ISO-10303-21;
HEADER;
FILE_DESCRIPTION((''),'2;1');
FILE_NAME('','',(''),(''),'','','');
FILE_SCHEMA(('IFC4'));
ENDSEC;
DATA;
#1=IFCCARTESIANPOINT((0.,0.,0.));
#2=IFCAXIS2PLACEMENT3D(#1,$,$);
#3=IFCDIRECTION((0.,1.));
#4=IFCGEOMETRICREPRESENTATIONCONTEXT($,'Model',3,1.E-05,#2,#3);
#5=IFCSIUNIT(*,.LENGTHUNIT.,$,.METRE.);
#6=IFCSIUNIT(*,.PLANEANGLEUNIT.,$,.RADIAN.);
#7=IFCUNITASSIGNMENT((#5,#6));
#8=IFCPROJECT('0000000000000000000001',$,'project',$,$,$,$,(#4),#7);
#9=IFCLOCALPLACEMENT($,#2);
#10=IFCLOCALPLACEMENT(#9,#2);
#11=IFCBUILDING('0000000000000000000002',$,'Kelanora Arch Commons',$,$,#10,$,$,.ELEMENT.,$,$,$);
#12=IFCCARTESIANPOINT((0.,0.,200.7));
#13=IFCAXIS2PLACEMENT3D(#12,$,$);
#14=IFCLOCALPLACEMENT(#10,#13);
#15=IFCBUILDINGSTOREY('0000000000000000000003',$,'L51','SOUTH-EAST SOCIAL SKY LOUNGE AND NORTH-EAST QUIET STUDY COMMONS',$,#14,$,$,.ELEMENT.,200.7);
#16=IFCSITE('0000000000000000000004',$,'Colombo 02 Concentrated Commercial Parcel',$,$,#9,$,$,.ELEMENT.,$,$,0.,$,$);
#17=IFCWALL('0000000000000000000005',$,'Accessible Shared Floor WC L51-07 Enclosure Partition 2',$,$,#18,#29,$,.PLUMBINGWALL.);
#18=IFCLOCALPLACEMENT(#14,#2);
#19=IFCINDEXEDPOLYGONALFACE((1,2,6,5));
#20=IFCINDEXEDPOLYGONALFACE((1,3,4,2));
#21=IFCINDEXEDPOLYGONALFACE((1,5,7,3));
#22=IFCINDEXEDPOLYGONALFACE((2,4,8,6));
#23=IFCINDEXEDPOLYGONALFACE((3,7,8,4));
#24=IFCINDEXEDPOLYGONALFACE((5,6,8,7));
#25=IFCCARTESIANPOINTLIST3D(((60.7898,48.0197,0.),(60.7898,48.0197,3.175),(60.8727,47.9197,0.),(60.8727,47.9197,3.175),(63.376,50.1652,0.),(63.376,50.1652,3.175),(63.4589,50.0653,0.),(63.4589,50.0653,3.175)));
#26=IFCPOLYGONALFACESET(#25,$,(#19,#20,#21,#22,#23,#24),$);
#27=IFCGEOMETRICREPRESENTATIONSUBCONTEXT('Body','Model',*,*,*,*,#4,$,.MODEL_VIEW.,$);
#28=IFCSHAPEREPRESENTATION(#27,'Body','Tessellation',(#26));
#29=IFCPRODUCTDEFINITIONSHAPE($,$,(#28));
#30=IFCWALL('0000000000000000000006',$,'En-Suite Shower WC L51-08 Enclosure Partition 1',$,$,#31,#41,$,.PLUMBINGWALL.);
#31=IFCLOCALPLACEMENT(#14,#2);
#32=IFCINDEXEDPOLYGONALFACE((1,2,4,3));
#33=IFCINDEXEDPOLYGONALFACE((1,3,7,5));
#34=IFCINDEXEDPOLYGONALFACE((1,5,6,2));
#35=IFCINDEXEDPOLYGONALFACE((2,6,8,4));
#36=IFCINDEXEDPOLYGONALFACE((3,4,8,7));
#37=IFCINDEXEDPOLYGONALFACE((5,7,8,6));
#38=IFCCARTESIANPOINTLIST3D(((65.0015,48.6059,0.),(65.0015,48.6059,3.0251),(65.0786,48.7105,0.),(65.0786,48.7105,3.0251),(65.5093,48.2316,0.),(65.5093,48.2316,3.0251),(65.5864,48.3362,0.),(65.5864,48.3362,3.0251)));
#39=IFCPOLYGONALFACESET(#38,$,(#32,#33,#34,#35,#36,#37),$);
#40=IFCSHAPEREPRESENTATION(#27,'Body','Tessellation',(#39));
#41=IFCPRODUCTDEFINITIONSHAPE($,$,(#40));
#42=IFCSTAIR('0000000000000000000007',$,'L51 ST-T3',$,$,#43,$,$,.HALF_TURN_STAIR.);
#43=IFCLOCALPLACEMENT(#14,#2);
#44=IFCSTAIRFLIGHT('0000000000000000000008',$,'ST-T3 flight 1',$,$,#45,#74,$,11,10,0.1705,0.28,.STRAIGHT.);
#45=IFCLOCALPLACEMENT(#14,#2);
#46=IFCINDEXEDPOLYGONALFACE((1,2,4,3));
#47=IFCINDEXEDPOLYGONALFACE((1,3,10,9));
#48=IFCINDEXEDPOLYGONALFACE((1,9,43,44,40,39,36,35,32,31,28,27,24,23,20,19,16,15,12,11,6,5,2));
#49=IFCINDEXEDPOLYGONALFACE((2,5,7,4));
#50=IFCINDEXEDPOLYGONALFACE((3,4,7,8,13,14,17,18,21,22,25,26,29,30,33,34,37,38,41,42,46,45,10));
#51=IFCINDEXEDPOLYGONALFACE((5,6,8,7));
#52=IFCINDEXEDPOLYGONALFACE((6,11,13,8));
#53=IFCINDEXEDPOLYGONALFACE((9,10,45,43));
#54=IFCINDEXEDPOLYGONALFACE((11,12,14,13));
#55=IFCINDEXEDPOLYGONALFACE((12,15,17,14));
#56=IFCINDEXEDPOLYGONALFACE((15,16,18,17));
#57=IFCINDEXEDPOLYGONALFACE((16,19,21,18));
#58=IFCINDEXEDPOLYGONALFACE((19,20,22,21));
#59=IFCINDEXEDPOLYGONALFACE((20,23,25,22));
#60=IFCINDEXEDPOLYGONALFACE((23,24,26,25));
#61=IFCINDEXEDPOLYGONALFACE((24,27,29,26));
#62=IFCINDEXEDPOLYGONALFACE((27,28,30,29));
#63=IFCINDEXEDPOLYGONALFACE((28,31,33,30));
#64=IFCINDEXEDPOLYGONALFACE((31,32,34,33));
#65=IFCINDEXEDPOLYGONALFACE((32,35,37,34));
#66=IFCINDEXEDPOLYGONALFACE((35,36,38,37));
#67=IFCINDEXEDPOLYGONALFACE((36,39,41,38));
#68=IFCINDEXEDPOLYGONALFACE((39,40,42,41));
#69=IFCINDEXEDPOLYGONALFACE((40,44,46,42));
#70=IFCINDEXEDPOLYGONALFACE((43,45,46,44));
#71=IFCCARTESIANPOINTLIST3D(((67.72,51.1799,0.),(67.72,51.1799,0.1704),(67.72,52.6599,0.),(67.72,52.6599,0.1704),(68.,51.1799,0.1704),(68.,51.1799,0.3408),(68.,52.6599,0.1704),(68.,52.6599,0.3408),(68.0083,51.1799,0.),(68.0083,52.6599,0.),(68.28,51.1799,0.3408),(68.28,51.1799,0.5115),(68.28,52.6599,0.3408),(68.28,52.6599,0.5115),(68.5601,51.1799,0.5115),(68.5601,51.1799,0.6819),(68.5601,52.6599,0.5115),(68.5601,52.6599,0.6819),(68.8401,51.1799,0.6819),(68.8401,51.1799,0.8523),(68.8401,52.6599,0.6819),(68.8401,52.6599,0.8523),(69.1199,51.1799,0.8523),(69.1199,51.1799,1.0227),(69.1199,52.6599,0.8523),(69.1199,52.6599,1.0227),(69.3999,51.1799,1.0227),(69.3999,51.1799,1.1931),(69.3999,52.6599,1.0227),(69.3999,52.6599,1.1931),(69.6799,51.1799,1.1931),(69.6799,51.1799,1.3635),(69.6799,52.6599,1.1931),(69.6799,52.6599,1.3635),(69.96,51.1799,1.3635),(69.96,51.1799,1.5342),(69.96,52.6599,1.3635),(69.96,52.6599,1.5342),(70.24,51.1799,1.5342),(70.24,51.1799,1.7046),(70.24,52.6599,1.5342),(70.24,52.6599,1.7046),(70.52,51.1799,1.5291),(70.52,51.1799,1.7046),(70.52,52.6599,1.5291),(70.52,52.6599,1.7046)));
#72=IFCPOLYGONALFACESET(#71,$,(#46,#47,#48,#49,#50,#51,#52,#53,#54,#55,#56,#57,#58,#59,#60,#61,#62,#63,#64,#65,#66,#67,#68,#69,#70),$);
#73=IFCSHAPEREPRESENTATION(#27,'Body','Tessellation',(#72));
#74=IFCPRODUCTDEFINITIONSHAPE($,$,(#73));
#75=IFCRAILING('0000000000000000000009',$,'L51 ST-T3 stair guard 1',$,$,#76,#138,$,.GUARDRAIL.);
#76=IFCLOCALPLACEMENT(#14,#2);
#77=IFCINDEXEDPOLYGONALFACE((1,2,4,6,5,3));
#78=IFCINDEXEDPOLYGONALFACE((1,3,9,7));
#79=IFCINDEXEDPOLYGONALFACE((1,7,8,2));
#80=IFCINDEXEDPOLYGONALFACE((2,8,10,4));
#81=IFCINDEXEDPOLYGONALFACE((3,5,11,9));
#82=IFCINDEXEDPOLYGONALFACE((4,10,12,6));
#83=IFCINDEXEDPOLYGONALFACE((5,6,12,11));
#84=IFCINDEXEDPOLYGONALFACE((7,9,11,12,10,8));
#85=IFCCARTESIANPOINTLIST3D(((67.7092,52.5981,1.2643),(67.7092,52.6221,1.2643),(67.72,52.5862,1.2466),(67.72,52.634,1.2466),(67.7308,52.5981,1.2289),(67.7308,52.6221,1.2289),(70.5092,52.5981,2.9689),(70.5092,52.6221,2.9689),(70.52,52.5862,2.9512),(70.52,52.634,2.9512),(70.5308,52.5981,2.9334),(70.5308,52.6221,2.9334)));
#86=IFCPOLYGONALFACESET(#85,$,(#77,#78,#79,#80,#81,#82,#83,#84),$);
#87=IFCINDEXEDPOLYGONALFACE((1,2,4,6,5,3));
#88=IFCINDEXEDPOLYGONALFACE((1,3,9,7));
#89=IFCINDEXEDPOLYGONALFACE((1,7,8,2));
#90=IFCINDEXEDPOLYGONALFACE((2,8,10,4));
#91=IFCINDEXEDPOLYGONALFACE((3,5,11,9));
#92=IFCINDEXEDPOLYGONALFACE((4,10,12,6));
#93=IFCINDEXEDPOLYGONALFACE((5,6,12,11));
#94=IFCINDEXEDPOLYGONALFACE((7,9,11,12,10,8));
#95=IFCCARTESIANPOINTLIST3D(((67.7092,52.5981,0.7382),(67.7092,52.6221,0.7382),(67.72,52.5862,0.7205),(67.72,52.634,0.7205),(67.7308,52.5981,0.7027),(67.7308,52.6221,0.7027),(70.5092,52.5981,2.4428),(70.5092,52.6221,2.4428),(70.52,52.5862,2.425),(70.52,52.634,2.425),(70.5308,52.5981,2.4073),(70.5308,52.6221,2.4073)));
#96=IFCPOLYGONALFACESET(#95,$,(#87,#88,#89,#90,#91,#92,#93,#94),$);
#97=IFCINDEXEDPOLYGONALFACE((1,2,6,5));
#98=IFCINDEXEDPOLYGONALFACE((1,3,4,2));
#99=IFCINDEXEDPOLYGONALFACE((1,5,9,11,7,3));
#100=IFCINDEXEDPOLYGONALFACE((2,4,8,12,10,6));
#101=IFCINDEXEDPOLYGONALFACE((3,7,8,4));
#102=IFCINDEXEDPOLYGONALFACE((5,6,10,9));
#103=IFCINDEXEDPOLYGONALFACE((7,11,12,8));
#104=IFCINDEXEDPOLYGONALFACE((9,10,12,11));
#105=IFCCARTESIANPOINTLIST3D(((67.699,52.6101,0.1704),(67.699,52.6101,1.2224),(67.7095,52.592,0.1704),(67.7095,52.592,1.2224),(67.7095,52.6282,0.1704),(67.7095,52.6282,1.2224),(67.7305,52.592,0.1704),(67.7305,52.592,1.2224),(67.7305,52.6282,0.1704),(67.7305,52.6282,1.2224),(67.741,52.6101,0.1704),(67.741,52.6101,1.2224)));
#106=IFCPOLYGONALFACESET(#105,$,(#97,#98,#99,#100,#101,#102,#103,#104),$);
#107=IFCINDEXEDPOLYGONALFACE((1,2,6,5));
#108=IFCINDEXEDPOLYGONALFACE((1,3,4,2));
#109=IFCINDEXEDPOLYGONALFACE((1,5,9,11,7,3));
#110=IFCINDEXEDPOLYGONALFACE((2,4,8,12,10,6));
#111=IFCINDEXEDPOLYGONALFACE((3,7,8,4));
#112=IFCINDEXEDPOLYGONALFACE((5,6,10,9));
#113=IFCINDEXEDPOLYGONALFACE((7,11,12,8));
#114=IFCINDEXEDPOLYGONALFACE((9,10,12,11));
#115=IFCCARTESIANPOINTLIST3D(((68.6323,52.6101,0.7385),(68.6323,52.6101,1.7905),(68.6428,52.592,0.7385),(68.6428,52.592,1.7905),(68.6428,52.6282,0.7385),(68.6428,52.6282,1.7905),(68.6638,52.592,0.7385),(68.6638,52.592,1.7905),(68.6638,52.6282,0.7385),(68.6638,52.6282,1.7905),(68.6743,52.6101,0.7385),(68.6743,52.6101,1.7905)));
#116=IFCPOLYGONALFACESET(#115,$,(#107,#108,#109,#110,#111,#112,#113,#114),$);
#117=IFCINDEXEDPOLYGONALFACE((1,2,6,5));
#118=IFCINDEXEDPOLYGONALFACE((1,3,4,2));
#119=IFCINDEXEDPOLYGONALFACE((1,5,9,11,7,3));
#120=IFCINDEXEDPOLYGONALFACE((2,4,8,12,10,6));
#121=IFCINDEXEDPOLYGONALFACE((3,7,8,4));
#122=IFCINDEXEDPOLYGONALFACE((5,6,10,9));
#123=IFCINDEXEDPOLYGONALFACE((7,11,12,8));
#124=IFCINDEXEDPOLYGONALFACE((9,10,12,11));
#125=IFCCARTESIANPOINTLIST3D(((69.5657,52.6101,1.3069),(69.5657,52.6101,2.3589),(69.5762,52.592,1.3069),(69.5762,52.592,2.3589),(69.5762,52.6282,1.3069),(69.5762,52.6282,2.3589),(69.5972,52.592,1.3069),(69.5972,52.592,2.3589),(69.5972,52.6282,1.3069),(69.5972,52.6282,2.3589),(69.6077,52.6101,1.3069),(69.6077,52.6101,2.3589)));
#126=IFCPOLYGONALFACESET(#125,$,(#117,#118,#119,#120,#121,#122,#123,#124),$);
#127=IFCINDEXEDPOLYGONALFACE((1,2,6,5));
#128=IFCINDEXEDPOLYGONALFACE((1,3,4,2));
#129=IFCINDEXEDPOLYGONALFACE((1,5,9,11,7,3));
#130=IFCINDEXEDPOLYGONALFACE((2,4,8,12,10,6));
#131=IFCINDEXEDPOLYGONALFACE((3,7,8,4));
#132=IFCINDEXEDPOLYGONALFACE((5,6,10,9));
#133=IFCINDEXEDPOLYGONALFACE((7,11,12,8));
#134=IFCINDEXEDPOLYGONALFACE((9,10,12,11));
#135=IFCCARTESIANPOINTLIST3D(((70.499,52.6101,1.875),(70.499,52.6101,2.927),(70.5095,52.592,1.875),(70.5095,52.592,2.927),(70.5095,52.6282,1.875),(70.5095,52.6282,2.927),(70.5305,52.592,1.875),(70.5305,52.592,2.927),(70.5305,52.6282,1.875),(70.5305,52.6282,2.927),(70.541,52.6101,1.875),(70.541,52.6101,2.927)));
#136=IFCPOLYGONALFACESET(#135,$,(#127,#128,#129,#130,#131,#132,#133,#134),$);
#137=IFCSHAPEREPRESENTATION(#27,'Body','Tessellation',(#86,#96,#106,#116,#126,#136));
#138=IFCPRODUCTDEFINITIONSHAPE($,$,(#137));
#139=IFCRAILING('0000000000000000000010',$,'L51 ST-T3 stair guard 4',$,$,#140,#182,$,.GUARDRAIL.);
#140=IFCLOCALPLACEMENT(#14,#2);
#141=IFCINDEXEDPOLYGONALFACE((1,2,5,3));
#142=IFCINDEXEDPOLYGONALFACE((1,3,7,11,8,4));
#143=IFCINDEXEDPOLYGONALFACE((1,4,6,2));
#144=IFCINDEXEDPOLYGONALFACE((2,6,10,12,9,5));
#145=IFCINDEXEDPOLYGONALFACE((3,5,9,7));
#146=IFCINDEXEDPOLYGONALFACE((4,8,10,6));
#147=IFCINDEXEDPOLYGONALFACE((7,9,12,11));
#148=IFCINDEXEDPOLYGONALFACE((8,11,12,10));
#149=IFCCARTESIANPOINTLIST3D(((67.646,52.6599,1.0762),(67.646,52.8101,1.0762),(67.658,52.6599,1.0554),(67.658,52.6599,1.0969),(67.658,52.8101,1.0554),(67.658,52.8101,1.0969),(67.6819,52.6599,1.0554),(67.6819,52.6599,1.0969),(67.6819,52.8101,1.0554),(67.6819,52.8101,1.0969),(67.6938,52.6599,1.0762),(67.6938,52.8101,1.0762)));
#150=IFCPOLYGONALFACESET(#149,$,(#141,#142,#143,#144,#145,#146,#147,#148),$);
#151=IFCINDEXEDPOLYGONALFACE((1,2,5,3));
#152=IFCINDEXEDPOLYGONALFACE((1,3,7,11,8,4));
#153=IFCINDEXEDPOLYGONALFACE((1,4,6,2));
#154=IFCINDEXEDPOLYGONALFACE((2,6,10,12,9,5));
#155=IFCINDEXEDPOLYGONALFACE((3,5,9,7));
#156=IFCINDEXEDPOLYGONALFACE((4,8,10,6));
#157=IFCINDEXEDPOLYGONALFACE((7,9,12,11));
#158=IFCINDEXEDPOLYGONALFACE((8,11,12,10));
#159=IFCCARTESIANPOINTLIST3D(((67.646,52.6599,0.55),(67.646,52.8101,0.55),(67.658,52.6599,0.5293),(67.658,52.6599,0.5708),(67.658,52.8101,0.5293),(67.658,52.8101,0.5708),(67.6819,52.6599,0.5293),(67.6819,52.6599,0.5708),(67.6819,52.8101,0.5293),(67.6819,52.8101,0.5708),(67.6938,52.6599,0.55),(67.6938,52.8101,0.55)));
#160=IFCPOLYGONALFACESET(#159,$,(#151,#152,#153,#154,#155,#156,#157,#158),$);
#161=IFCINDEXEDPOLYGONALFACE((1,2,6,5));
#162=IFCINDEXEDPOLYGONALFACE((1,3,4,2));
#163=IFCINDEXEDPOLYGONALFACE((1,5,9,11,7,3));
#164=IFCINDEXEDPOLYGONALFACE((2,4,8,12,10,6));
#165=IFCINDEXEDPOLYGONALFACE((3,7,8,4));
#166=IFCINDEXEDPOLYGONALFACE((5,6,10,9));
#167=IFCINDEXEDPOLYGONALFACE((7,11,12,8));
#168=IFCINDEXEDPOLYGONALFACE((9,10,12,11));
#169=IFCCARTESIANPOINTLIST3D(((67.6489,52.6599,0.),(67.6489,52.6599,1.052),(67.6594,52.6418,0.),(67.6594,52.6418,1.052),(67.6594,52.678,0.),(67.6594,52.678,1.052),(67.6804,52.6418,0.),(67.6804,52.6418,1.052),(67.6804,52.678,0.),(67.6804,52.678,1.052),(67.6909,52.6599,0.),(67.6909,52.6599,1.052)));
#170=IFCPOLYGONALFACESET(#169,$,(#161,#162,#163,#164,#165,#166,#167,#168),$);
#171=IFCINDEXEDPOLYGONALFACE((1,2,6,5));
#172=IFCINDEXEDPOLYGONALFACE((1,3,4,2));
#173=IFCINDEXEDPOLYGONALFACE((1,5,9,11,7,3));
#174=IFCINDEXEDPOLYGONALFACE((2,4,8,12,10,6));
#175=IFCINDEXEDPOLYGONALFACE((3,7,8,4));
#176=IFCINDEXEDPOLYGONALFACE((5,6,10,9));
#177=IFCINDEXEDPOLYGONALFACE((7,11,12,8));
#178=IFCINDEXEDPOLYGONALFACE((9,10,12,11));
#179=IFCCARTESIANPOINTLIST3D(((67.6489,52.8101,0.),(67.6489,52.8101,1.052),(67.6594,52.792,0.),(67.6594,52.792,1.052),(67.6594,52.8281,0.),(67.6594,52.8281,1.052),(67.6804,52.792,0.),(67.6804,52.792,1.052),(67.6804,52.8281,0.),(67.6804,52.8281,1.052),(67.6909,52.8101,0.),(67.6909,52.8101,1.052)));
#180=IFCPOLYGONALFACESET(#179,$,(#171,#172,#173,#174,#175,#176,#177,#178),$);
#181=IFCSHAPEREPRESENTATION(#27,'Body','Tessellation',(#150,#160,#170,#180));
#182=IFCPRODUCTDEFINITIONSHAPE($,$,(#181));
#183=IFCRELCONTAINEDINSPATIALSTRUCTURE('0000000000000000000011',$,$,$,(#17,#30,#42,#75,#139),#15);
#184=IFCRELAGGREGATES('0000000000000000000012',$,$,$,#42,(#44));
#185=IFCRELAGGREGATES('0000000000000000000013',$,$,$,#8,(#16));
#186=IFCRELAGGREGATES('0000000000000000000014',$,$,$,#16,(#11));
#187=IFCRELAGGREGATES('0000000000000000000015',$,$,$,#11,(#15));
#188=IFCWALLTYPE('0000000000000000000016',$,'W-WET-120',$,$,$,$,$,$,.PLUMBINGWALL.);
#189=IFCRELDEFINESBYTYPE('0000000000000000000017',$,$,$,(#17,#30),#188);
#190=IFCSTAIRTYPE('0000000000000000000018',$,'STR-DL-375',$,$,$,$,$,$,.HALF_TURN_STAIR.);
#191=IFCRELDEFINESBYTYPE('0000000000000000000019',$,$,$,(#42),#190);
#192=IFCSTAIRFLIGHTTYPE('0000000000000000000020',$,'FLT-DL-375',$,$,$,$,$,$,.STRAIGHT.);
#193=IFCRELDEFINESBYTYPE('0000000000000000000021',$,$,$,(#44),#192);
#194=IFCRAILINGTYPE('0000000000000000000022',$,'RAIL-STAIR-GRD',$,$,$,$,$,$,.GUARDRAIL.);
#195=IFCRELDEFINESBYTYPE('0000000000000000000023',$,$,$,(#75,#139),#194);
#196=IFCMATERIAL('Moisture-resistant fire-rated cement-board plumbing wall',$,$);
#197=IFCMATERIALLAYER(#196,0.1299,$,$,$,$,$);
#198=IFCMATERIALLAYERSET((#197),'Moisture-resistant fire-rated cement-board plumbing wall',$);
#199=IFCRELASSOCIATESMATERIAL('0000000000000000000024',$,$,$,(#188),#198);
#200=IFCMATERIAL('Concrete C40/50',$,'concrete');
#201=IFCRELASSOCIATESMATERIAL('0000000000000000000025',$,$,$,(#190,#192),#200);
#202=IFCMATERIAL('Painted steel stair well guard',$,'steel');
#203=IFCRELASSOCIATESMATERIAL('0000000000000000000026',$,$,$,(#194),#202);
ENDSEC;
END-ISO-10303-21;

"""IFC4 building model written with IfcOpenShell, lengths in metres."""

from ifc_helpers import new_model, si_unit, direction, frame, frame_2d, origin, place, context, subcontext, project, spatial, polyline, rectangle, outline, extrude, material, layer, layer_set, type_object, element, aggregate, save


model = new_model("IFC4")

# Units and contexts
model_context = context("Model", 3, precision=1e-05, world=origin(), true_north=direction((0.0, 1.0)))
body_context = subcontext(model_context, "Body", "Model", "MODEL_VIEW")
ifc_project = project(units=[si_unit("LENGTHUNIT", "METRE"), si_unit("PLANEANGLEUNIT", "RADIAN")], contexts=[model_context])

# Site, building, storey
site_placement = place(None, origin())
site = spatial("IfcSite", under=ifc_project, at=site_placement, Name="Colombo 02 Concentrated Commercial Parcel", CompositionType="ELEMENT", RefElevation=0.0)
building_placement = place(site_placement, origin())
building = spatial("IfcBuilding", under=site, at=building_placement, Name="Kelanora Arch Commons", CompositionType="ELEMENT")
storey_placement = place(building_placement, frame((0.0, 0.0, 200.7)))
storey = spatial("IfcBuildingStorey", under=building, at=storey_placement, Name="L51", Description="SOUTH-EAST SOCIAL SKY LOUNGE AND NORTH-EAST QUIET STUDY COMMONS", CompositionType="ELEMENT", Elevation=200.7)

# Shared definitions
ifc_material_1 = material(Name="Concrete C40/50", Category="concrete")

# Shared definitions
ifc_material_2 = material(Name="Moisture-resistant fire-rated cement-board plumbing wall")
ifc_layer_1 = layer(ifc_material_2, 0.1299)
ifc_layer_set_1 = layer_set([ifc_layer_1], Name="Moisture-resistant fire-rated cement-board plumbing wall")
wall_type_1 = type_object("IfcWallType", Name="W-WET-120", PredefinedType="PLUMBINGWALL", material=ifc_layer_set_1)

# Walls
wall_1_placement = place(storey_placement, frame((63.4175, 50.1152, 0.0), z_axis=(0.0, 0.0, 1.0), x_axis=(-0.769631, -0.638489, 0.0)))
element("IfcWall", 1, at=wall_1_placement, inside=storey, type_object=wall_type_1, Name="Accessible Shared Floor WC L51-07 Enclosure Partition 2", PredefinedType="PLUMBINGWALL", context=body_context, shape_type="SweptSolid", body=[
    extrude(rectangle(XDim=3.3604, YDim=0.1299, at=frame_2d((1.6802, 0.0))), origin(), (0.0, 0.0, 1.0), 3.175),
])
wall_2_placement = place(storey_placement, frame((65.04, 48.6582, 0.0), z_axis=(0.0, 0.0, 1.0), x_axis=(0.804988, -0.593291, 0.0)))
element("IfcWall", 2, at=wall_2_placement, inside=storey, type_object=wall_type_1, Name="En-Suite Shower WC L51-08 Enclosure Partition 1", PredefinedType="PLUMBINGWALL", context=body_context, shape_type="SweptSolid", body=[
    extrude(rectangle(XDim=0.6309, YDim=0.1299, at=frame_2d((0.3154, 0.0))), origin(), (0.0, 0.0, 1.0), 3.0251),
])

# Stair, stair flight
stair_type = type_object("IfcStairType", Name="STR-DL-375", PredefinedType="HALF_TURN_STAIR", material=ifc_material_1)
stair_placement = place(storey_placement, origin())
stair = element("IfcStair", 3, at=stair_placement, inside=storey, type_object=stair_type, Name="L51 ST-T3", PredefinedType="HALF_TURN_STAIR")
stair_flight_type = type_object("IfcStairFlightType", Name="FLT-DL-375", PredefinedType="STRAIGHT", material=ifc_material_1)
stair_flight_placement = place(storey_placement, frame((67.72, 51.9199, 0.0), z_axis=(0.0, 0.0, 1.0), x_axis=(1.0, 0.0, 0.0)))
stair_flight = element("IfcStairFlight", 4, at=stair_flight_placement, type_object=stair_flight_type, Name="ST-T3 flight 1", NumberOfRisers=11, NumberOfTreads=10, PredefinedType="STRAIGHT", RiserHeight=0.1705, TreadLength=0.28, context=body_context, shape_type="SweptSolid", body=[
    extrude(outline(polyline([(0.0, 0.0), (0.0, 0.1704), (0.28, 0.1704), (0.28, 0.3408), (0.5601, 0.3408), (0.5601, 0.5115), (0.8401, 0.5115), (0.8401, 0.6819), (1.1201, 0.6819), (1.1201, 0.8523), (1.3999, 0.8523), (1.3999, 1.0227), (1.6799, 1.0227), (1.6799, 1.1931), (1.96, 1.1931), (1.96, 1.3635), (2.24, 1.3635), (2.24, 1.5342), (2.52, 1.5342), (2.52, 1.7046), (2.8, 1.7046), (2.8, 1.875), (2.8, 1.5291), (0.2883, 0.0), (0.0, 0.0)])), frame((0.0, 0.74, 0.0), z_axis=(0.0, -1.0, 0.0), x_axis=(1.0, 0.0, 0.0)), (0.0, 0.0, 1.0), 1.48),
])
aggregate(stair, [stair_flight])

# Railings
ifc_material_3 = material(Name="Painted steel stair well guard", Category="steel")
railing_type_1 = type_object("IfcRailingType", Name="RAIL-STAIR-GRD", PredefinedType="GUARDRAIL", material=ifc_material_3)
railing_1_placement = place(storey_placement, frame((67.72, 52.6101, 0.1704)))
element("IfcRailing", 5, at=railing_1_placement, inside=storey, type_object=railing_type_1, Name="L51 ST-T3 stair guard 1", PredefinedType="GUARDRAIL", context=body_context, shape_type="SweptSolid", body=[
    extrude(outline(polyline([(0.0239, 0.0), (0.012, 0.0208), (-0.012, 0.0208), (-0.0239, 0.0), (-0.012, -0.0208), (0.012, -0.0208), (0.0239, 0.0)])), frame((0.0, 0.0, 1.0762), z_axis=(0.85417, 0.0, 0.519994), x_axis=(0.0, 1.0, 0.0)), (0.0, 0.0, 1.0), 3.2781),
    extrude(outline(polyline([(0.0239, 0.0), (0.012, 0.0208), (-0.012, 0.0208), (-0.0239, 0.0), (-0.012, -0.0208), (0.012, -0.0208), (0.0239, 0.0)])), frame((0.0, 0.0, 0.55), z_axis=(0.85417, 0.0, 0.519994), x_axis=(0.0, 1.0, 0.0)), (0.0, 0.0, 1.0), 3.2781),
    extrude(outline(polyline([(0.021, 0.0), (0.0105, 0.0181), (-0.0105, 0.0181), (-0.021, 0.0), (-0.0105, -0.0181), (0.0105, -0.0181), (0.021, 0.0)])), origin(), (0.0, 0.0, 1.0), 1.052),
    extrude(outline(polyline([(0.021, 0.0), (0.0105, 0.0181), (-0.0105, 0.0181), (-0.021, 0.0), (-0.0105, -0.0181), (0.0105, -0.0181), (0.021, 0.0)])), frame((0.9333, 0.0, 0.5681)), (0.0, 0.0, 1.0), 1.052),
    extrude(outline(polyline([(0.021, 0.0), (0.0105, 0.0181), (-0.0105, 0.0181), (-0.021, 0.0), (-0.0105, -0.0181), (0.0105, -0.0181), (0.021, 0.0)])), frame((1.8667, 0.0, 1.1365)), (0.0, 0.0, 1.0), 1.052),
    extrude(outline(polyline([(0.021, 0.0), (0.0105, 0.0181), (-0.0105, 0.0181), (-0.021, 0.0), (-0.0105, -0.0181), (0.0105, -0.0181), (0.021, 0.0)])), frame((2.8, 0.0, 1.7046)), (0.0, 0.0, 1.0), 1.052),
])
railing_2_placement = place(storey_placement, frame((67.6699, 52.6599, 0.0)))
element("IfcRailing", 6, at=railing_2_placement, inside=storey, type_object=railing_type_1, Name="L51 ST-T3 stair guard 4", PredefinedType="GUARDRAIL", context=body_context, shape_type="SweptSolid", body=[
    extrude(outline(polyline([(0.0239, 0.0), (0.012, 0.0208), (-0.012, 0.0208), (-0.0239, 0.0), (-0.012, -0.0208), (0.012, -0.0208), (0.0239, 0.0)])), frame((0.0, 0.0, 1.0762), z_axis=(0.0, 1.0, 0.0), x_axis=(-1.0, 0.0, 0.0)), (0.0, 0.0, 1.0), 0.1501),
    extrude(outline(polyline([(0.0239, 0.0), (0.012, 0.0208), (-0.012, 0.0208), (-0.0239, 0.0), (-0.012, -0.0208), (0.012, -0.0208), (0.0239, 0.0)])), frame((0.0, 0.0, 0.55), z_axis=(0.0, 1.0, 0.0), x_axis=(-1.0, 0.0, 0.0)), (0.0, 0.0, 1.0), 0.1501),
    extrude(outline(polyline([(0.021, 0.0), (0.0105, 0.0181), (-0.0105, 0.0181), (-0.021, 0.0), (-0.0105, -0.0181), (0.0105, -0.0181), (0.021, 0.0)])), origin(), (0.0, 0.0, 1.0), 1.052),
    extrude(outline(polyline([(0.021, 0.0), (0.0105, 0.0181), (-0.0105, 0.0181), (-0.021, 0.0), (-0.0105, -0.0181), (0.0105, -0.0181), (0.021, 0.0)])), frame((0.0, 0.1501, 0.0)), (0.0, 0.0, 1.0), 1.052),
])

save(model, "model.ifc")
